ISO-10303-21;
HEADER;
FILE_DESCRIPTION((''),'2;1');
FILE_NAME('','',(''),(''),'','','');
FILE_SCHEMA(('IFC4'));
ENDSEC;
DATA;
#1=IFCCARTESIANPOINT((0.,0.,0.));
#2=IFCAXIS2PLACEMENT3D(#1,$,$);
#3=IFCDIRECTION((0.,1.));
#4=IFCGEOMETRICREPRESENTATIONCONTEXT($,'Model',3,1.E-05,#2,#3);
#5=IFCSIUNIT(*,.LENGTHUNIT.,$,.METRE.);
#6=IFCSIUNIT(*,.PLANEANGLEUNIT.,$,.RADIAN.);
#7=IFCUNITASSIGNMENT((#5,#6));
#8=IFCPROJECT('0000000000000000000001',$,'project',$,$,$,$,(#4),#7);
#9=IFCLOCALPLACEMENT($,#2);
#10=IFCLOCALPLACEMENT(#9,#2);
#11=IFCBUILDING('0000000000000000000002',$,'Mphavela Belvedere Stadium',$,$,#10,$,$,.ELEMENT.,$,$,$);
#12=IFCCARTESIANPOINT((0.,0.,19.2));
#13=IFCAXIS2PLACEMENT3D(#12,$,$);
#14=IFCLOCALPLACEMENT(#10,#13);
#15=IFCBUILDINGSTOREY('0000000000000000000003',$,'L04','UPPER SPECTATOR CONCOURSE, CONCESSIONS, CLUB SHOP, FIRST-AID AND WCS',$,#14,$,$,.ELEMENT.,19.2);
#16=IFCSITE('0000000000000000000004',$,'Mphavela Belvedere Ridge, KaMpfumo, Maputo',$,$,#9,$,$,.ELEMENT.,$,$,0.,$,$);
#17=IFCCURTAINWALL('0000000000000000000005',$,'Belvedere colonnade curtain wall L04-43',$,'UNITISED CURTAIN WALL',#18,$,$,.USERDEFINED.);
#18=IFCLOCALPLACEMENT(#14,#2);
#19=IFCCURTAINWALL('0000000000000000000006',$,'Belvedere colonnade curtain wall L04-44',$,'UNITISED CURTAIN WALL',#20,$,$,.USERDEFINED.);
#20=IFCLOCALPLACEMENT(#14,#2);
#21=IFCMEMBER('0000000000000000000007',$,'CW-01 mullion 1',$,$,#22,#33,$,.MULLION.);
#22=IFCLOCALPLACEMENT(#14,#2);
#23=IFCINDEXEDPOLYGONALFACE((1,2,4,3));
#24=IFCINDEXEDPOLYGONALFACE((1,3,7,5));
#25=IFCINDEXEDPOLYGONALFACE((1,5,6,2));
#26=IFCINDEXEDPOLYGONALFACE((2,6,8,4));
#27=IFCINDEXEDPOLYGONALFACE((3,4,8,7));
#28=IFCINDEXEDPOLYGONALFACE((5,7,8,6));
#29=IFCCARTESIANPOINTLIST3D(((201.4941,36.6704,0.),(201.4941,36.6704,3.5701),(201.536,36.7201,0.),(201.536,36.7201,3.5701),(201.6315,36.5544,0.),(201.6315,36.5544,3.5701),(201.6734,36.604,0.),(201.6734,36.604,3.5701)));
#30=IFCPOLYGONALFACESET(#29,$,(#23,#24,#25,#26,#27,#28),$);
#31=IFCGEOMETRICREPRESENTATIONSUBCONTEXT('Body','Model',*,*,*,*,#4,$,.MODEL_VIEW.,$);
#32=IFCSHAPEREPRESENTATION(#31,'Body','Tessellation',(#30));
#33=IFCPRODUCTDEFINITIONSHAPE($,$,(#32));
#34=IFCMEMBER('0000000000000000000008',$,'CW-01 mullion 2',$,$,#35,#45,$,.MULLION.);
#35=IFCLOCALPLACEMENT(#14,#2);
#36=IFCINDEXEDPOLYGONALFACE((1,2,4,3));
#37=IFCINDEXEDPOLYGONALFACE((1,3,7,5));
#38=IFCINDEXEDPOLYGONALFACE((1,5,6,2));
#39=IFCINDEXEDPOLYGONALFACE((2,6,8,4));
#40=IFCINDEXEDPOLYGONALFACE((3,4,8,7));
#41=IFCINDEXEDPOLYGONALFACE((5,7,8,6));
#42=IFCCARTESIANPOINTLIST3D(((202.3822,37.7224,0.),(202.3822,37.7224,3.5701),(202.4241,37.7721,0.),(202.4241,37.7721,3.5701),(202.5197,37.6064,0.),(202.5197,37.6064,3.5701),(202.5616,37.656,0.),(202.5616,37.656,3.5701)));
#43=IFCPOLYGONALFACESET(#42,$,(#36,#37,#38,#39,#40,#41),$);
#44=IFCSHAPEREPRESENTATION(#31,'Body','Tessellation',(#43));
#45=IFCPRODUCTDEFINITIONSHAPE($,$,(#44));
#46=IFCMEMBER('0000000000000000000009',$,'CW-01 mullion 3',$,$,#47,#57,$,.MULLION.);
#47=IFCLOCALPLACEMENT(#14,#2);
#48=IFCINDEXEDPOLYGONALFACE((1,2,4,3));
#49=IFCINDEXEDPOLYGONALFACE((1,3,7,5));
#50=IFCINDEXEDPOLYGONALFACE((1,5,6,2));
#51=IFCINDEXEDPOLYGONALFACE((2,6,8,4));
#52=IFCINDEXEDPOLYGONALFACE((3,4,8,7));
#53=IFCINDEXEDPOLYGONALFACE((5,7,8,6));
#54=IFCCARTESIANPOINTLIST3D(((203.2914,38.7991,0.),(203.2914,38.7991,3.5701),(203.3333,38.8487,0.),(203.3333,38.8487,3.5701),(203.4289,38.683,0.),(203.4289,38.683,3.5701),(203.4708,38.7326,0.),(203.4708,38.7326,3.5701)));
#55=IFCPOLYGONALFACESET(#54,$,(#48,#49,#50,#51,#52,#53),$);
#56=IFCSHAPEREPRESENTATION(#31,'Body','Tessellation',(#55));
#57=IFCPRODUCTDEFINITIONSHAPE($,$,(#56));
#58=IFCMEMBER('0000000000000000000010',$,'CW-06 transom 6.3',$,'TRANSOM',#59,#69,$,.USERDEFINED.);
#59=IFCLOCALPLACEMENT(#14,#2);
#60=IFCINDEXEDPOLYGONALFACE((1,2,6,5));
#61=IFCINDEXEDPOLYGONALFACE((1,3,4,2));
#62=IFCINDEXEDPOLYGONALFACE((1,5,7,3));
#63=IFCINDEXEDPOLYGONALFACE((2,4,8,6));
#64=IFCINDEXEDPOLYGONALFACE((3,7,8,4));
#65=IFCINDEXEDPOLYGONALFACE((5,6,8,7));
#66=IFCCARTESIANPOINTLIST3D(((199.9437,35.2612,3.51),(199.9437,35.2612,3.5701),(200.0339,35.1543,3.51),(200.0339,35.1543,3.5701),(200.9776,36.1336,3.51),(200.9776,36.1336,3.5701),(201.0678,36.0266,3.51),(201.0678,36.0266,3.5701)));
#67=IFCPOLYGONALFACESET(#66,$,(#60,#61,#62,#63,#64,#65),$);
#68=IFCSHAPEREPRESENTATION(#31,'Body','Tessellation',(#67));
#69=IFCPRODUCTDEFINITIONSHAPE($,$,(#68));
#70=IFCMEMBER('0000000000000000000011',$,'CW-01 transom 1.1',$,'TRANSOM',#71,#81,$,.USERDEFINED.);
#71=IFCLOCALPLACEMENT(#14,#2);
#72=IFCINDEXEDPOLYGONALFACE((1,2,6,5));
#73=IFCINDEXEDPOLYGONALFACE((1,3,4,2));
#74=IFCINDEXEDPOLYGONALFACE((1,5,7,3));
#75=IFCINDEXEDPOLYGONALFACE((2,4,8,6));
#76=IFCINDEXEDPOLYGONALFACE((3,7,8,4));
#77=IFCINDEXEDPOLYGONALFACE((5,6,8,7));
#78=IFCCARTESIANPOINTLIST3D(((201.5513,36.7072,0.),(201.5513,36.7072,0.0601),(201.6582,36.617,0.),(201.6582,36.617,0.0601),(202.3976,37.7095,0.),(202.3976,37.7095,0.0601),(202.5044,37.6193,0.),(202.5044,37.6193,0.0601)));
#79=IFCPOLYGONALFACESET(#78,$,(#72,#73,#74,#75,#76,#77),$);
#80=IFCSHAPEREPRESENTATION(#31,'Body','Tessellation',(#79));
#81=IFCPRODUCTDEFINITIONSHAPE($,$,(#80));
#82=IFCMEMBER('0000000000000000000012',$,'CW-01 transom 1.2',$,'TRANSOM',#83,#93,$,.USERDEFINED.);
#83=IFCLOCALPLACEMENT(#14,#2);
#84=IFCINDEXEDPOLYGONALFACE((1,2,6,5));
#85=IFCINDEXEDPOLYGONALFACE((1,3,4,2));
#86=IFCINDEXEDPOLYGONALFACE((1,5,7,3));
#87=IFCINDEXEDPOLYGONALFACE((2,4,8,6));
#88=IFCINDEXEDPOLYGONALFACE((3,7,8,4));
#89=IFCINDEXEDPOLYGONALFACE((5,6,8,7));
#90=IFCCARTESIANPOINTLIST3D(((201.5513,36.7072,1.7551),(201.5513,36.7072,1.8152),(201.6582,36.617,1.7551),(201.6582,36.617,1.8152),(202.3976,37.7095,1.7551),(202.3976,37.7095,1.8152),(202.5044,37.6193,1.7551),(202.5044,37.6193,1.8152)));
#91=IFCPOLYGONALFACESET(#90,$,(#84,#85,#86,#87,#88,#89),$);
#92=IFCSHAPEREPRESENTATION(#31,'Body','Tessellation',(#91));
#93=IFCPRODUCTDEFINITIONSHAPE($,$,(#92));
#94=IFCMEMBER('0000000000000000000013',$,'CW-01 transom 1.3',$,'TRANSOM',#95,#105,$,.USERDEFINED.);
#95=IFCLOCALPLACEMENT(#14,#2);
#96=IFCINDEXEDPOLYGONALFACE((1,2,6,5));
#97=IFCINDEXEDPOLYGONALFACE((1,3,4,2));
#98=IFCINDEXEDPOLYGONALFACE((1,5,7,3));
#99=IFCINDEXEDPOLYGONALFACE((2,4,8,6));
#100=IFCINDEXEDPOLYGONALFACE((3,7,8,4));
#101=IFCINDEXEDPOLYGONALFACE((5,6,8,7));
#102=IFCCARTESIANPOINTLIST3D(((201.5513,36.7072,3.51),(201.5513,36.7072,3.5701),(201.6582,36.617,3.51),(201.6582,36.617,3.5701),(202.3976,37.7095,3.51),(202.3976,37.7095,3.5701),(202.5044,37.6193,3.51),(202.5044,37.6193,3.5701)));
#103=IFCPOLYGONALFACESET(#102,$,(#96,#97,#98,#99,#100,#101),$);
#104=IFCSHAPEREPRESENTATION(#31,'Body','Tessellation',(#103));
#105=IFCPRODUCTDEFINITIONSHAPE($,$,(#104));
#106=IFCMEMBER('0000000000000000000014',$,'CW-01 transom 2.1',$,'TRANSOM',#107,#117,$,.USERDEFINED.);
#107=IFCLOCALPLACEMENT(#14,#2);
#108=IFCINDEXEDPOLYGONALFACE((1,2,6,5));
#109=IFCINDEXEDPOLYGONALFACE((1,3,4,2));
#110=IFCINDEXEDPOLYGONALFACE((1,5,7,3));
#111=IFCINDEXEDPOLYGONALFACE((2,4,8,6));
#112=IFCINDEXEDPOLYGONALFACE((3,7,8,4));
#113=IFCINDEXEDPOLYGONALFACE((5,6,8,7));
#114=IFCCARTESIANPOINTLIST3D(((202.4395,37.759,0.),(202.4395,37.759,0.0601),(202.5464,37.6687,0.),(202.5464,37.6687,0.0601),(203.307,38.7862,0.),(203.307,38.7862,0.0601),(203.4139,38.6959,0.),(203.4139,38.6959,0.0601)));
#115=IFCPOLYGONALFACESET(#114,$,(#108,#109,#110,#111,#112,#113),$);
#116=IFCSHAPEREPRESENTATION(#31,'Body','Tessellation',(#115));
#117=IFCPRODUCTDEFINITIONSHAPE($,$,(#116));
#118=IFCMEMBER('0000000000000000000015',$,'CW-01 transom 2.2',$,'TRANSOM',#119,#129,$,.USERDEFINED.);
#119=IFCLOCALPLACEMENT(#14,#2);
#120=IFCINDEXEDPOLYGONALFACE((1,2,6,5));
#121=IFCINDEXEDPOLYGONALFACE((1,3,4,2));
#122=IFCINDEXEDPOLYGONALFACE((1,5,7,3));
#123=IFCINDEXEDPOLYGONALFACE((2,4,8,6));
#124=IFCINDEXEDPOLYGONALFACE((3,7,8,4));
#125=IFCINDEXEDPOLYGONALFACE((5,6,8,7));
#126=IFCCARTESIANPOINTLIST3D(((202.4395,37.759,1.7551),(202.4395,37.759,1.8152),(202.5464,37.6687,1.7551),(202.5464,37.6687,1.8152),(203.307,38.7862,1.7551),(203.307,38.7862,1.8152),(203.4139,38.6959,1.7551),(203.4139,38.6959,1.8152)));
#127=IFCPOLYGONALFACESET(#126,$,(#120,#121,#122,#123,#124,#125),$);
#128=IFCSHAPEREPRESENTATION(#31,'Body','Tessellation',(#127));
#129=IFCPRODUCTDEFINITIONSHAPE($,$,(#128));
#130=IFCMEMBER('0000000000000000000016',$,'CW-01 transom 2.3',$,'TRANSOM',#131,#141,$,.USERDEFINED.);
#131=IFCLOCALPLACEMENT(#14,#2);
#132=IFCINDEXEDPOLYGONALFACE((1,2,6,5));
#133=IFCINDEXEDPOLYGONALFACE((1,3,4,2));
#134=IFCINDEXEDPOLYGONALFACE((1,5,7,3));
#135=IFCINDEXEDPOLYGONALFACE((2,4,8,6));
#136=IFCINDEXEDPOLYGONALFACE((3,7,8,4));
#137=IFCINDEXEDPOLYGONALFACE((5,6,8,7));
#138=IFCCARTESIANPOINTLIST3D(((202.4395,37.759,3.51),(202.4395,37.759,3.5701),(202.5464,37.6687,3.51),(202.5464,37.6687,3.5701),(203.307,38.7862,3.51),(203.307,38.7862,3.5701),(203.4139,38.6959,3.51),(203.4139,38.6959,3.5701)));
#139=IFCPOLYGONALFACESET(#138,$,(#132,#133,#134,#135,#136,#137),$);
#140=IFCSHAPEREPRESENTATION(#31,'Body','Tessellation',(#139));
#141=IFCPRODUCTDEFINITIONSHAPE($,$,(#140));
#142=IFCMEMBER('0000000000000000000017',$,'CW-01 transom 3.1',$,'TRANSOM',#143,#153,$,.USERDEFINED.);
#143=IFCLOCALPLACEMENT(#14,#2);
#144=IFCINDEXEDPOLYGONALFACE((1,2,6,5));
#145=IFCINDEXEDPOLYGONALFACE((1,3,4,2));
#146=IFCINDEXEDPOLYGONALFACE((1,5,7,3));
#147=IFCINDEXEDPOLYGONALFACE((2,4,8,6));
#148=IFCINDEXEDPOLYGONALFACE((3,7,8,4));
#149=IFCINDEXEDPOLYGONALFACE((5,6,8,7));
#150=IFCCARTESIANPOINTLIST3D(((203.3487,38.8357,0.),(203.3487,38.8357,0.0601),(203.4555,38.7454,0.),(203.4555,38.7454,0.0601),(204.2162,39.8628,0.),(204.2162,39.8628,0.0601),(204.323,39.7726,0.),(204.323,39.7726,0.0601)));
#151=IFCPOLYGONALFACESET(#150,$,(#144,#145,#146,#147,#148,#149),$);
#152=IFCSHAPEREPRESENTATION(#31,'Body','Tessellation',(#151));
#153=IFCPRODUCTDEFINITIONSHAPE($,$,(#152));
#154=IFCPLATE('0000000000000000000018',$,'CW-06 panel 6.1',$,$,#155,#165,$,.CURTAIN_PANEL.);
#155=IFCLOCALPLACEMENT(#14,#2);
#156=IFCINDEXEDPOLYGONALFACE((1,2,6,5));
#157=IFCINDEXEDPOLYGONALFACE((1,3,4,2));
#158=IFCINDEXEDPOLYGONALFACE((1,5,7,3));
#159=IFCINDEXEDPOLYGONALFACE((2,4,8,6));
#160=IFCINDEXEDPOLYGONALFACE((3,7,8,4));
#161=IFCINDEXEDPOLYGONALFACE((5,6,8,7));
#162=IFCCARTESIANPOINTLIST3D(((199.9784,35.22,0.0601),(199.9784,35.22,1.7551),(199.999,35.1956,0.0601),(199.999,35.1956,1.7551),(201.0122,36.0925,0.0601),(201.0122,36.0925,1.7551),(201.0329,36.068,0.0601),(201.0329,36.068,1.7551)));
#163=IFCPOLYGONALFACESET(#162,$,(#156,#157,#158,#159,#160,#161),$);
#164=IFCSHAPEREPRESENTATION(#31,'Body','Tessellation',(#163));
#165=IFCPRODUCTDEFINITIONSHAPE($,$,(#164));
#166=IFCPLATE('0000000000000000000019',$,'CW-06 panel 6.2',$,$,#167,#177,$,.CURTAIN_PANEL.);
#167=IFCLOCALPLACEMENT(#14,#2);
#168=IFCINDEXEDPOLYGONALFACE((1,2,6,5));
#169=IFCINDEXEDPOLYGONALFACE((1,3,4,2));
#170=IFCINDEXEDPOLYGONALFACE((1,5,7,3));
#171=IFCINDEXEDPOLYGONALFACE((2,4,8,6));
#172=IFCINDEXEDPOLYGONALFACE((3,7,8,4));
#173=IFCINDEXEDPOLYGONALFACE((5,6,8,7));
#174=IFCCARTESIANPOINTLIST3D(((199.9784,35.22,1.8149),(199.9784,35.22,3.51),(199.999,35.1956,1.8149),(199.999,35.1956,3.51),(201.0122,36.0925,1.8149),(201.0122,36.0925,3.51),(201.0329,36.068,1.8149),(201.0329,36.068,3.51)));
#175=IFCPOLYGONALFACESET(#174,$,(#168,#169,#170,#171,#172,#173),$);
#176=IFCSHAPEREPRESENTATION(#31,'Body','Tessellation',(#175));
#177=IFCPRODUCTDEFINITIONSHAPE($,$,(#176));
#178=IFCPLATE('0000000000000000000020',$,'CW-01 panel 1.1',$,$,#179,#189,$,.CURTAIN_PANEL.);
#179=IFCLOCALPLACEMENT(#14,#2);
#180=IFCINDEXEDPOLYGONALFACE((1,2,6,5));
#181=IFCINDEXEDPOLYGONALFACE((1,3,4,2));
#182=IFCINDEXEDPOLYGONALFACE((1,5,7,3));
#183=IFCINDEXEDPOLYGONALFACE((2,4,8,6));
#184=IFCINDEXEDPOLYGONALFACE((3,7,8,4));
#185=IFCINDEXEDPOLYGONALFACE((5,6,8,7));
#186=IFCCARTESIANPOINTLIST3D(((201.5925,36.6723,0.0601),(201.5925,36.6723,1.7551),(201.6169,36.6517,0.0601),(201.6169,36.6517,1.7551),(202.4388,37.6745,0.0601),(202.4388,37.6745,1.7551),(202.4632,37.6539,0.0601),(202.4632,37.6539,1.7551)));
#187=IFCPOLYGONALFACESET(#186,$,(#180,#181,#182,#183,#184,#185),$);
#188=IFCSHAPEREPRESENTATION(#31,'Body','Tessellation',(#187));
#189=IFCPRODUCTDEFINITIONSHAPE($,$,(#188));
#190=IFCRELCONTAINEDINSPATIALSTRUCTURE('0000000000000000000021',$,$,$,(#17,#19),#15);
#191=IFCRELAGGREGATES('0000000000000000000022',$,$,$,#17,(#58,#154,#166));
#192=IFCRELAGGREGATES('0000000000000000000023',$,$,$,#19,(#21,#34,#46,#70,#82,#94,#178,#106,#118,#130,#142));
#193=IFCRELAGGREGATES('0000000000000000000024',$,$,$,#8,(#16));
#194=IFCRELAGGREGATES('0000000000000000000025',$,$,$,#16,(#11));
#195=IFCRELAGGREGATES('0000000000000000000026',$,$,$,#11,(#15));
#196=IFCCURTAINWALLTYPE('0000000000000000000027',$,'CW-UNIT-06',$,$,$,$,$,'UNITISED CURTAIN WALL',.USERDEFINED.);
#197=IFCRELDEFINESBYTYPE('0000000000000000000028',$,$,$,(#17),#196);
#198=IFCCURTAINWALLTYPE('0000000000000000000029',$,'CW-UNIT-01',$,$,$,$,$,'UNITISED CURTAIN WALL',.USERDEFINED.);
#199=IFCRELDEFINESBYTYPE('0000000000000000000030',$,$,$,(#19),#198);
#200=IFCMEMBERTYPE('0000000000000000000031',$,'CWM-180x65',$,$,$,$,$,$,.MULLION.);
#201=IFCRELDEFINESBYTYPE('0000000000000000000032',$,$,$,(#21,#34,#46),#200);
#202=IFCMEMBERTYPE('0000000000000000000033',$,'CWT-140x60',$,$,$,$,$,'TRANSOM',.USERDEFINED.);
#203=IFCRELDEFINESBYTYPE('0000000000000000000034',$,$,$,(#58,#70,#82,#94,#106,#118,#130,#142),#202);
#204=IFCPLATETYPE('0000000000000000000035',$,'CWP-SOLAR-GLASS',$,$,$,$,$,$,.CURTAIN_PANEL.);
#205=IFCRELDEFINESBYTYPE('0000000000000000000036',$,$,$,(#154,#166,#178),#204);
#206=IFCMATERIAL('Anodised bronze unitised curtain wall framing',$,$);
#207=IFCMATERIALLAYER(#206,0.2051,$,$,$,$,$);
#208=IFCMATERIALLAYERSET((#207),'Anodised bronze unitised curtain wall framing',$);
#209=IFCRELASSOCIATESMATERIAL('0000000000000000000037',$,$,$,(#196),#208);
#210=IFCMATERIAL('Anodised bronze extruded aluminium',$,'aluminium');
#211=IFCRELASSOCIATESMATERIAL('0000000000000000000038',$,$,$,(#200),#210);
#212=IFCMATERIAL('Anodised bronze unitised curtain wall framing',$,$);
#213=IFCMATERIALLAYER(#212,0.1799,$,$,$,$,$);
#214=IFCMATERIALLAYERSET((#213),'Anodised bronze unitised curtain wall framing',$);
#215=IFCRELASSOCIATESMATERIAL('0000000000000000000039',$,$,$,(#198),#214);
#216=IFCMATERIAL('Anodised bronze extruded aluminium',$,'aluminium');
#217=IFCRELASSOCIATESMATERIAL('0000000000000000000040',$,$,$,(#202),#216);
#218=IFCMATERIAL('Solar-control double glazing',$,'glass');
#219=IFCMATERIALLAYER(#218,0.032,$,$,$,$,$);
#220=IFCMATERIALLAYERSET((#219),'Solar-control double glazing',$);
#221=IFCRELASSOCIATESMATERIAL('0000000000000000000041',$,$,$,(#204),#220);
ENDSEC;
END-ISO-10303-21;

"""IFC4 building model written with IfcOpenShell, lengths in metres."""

from ifc_helpers import new_model, si_unit, direction, frame, origin, origin_2d, place, context, subcontext, project, spatial, rectangle, extrude, material, layer, layer_set, material_profile, profile_set, type_object, element, aggregate, save


model = new_model("IFC4")

# Units and contexts
model_context = context("Model", 3, precision=1e-05, world=origin(), true_north=direction((0.0, 1.0)))
body_context = subcontext(model_context, "Body", "Model", "MODEL_VIEW")
ifc_project = project(units=[si_unit("LENGTHUNIT", "METRE"), si_unit("PLANEANGLEUNIT", "RADIAN")], contexts=[model_context])

# Site, building, storey
site_placement = place(None, origin())
site = spatial("IfcSite", under=ifc_project, at=site_placement, Name="Mphavela Belvedere Ridge, KaMpfumo, Maputo", CompositionType="ELEMENT", RefElevation=0.0)
building_placement = place(site_placement, origin())
building = spatial("IfcBuilding", under=site, at=building_placement, Name="Mphavela Belvedere Stadium", CompositionType="ELEMENT")
storey_placement = place(building_placement, frame((0.0, 0.0, 19.2)))
storey = spatial("IfcBuildingStorey", under=building, at=storey_placement, Name="L04", Description="UPPER SPECTATOR CONCOURSE, CONCESSIONS, CLUB SHOP, FIRST-AID AND WCS", CompositionType="ELEMENT", Elevation=19.2)

# Curtain wall
ifc_material_1 = material(Name="Anodised bronze unitised curtain wall framing")
ifc_layer_1 = layer(ifc_material_1, 0.2051)
ifc_layer_set_1 = layer_set([ifc_layer_1], Name="Anodised bronze unitised curtain wall framing")
curtain_wall_type_1 = type_object("IfcCurtainWallType", Name="CW-UNIT-06", ElementType="UNITISED CURTAIN WALL", PredefinedType="USERDEFINED", material=ifc_layer_set_1)
curtain_wall_1_placement = place(storey_placement, origin())
curtain_wall_1 = element("IfcCurtainWall", 1, at=curtain_wall_1_placement, inside=storey, type_object=curtain_wall_type_1, Name="Belvedere colonnade curtain wall L04-43", ObjectType="UNITISED CURTAIN WALL", PredefinedType="USERDEFINED")
ifc_material_2 = material(Name="Anodised bronze extruded aluminium", Category="aluminium")
ifc_material_profile_1 = material_profile(ifc_material_2, rectangle(XDim=0.1799, YDim=0.0649, at=origin_2d()), Name="CW-MUL 180x65")
ifc_profile_set_1 = profile_set([ifc_material_profile_1], Name="Anodised bronze extruded aluminium")
member_type_1 = type_object("IfcMemberType", Name="CWM-180x65", PredefinedType="MULLION", material=ifc_profile_set_1)

# Curtain wall, members
ifc_material_3 = material(Name="Anodised bronze unitised curtain wall framing")
ifc_layer_2 = layer(ifc_material_3, 0.1799)
ifc_layer_set_2 = layer_set([ifc_layer_2], Name="Anodised bronze unitised curtain wall framing")
curtain_wall_type_2 = type_object("IfcCurtainWallType", Name="CW-UNIT-01", ElementType="UNITISED CURTAIN WALL", PredefinedType="USERDEFINED", material=ifc_layer_set_2)
curtain_wall_2_placement = place(storey_placement, origin())
curtain_wall_2 = element("IfcCurtainWall", 2, at=curtain_wall_2_placement, inside=storey, type_object=curtain_wall_type_2, Name="Belvedere colonnade curtain wall L04-44", ObjectType="UNITISED CURTAIN WALL", PredefinedType="USERDEFINED")
member_1_placement = place(storey_placement, frame((201.5837, 36.6372, 0.0), z_axis=(0.0, 0.0, 1.0), x_axis=(-0.764035, 0.645175, 0.0)))
member_1 = element("IfcMember", 3, at=member_1_placement, type_object=member_type_1, Name="CW-01 mullion 1", PredefinedType="MULLION", context=body_context, shape_type="SweptSolid", body=[
    extrude(rectangle(XDim=0.1799, YDim=0.0649, at=origin_2d()), origin(), (0.0, 0.0, 1.0), 3.5701),
])
member_2_placement = place(storey_placement, frame((202.4719, 37.6892, 0.0), z_axis=(0.0, 0.0, 1.0), x_axis=(-0.764035, 0.645175, 0.0)))
member_2 = element("IfcMember", 4, at=member_2_placement, type_object=member_type_1, Name="CW-01 mullion 2", PredefinedType="MULLION", context=body_context, shape_type="SweptSolid", body=[
    extrude(rectangle(XDim=0.1799, YDim=0.0649, at=origin_2d()), origin(), (0.0, 0.0, 1.0), 3.5701),
])
member_3_placement = place(storey_placement, frame((203.3811, 38.7659, 0.0), z_axis=(0.0, 0.0, 1.0), x_axis=(-0.764035, 0.645175, 0.0)))
member_3 = element("IfcMember", 5, at=member_3_placement, type_object=member_type_1, Name="CW-01 mullion 3", PredefinedType="MULLION", context=body_context, shape_type="SweptSolid", body=[
    extrude(rectangle(XDim=0.1799, YDim=0.0649, at=origin_2d()), origin(), (0.0, 0.0, 1.0), 3.5701),
])

# Members
ifc_material_4 = material(Name="Anodised bronze extruded aluminium", Category="aluminium")
ifc_material_profile_2 = material_profile(ifc_material_4, rectangle(XDim=0.1399, YDim=0.0601, at=origin_2d()), Name="CW-TRN 140x60")
ifc_profile_set_2 = profile_set([ifc_material_profile_2], Name="Anodised bronze extruded aluminium")
member_type_2 = type_object("IfcMemberType", Name="CWT-140x60", ElementType="TRANSOM", PredefinedType="USERDEFINED", material=ifc_profile_set_2)
member_4_placement = place(storey_placement, frame((199.9888, 35.2078, 3.54), z_axis=(0.764317, 0.644841, 0.0), x_axis=(-0.644841, 0.764317, 0.0)))
member_4 = element("IfcMember", 6, at=member_4_placement, type_object=member_type_2, Name="CW-06 transom 6.3", ObjectType="TRANSOM", PredefinedType="USERDEFINED", context=body_context, shape_type="SweptSolid", body=[
    extrude(rectangle(XDim=0.1399, YDim=0.0601, at=origin_2d()), origin(), (0.0, 0.0, 1.0), 1.3528),
])
member_5_placement = place(storey_placement, frame((201.6047, 36.6621, 0.03), z_axis=(0.645133, 0.764071, 0.0), x_axis=(-0.764071, 0.645133, 0.0)))
member_5 = element("IfcMember", 7, at=member_5_placement, type_object=member_type_2, Name="CW-01 transom 1.1", ObjectType="TRANSOM", PredefinedType="USERDEFINED", context=body_context, shape_type="SweptSolid", body=[
    extrude(rectangle(XDim=0.1399, YDim=0.0601, at=origin_2d()), origin(), (0.0, 0.0, 1.0), 1.3118),
])
member_6_placement = place(storey_placement, frame((201.6047, 36.6621, 1.7852), z_axis=(0.645133, 0.764071, 0.0), x_axis=(-0.764071, 0.645133, 0.0)))
member_6 = element("IfcMember", 8, at=member_6_placement, type_object=member_type_2, Name="CW-01 transom 1.2", ObjectType="TRANSOM", PredefinedType="USERDEFINED", context=body_context, shape_type="SweptSolid", body=[
    extrude(rectangle(XDim=0.1399, YDim=0.0601, at=origin_2d()), origin(), (0.0, 0.0, 1.0), 1.3118),
])
member_7_placement = place(storey_placement, frame((201.6047, 36.6621, 3.54), z_axis=(0.645133, 0.764071, 0.0), x_axis=(-0.764071, 0.645133, 0.0)))
member_7 = element("IfcMember", 9, at=member_7_placement, type_object=member_type_2, Name="CW-01 transom 1.3", ObjectType="TRANSOM", PredefinedType="USERDEFINED", context=body_context, shape_type="SweptSolid", body=[
    extrude(rectangle(XDim=0.1399, YDim=0.0601, at=origin_2d()), origin(), (0.0, 0.0, 1.0), 1.3118),
])
member_8_placement = place(storey_placement, frame((202.4929, 37.7139, 0.03), z_axis=(0.645226, 0.763992, 0.0), x_axis=(-0.763992, 0.645226, 0.0)))
member_8 = element("IfcMember", 10, at=member_8_placement, type_object=member_type_2, Name="CW-01 transom 2.1", ObjectType="TRANSOM", PredefinedType="USERDEFINED", context=body_context, shape_type="SweptSolid", body=[
    extrude(rectangle(XDim=0.1399, YDim=0.0601, at=origin_2d()), origin(), (0.0, 0.0, 1.0), 1.3445),
])
member_9_placement = place(storey_placement, frame((202.4929, 37.7139, 1.7852), z_axis=(0.645226, 0.763992, 0.0), x_axis=(-0.763992, 0.645226, 0.0)))
member_9 = element("IfcMember", 11, at=member_9_placement, type_object=member_type_2, Name="CW-01 transom 2.2", ObjectType="TRANSOM", PredefinedType="USERDEFINED", context=body_context, shape_type="SweptSolid", body=[
    extrude(rectangle(XDim=0.1399, YDim=0.0601, at=origin_2d()), origin(), (0.0, 0.0, 1.0), 1.3445),
])
member_10_placement = place(storey_placement, frame((202.4929, 37.7139, 3.54), z_axis=(0.645226, 0.763992, 0.0), x_axis=(-0.763992, 0.645226, 0.0)))
member_10 = element("IfcMember", 12, at=member_10_placement, type_object=member_type_2, Name="CW-01 transom 2.3", ObjectType="TRANSOM", PredefinedType="USERDEFINED", context=body_context, shape_type="SweptSolid", body=[
    extrude(rectangle(XDim=0.1399, YDim=0.0601, at=origin_2d()), origin(), (0.0, 0.0, 1.0), 1.3445),
])
member_11_placement = place(storey_placement, frame((203.4021, 38.7905, 0.03), z_axis=(0.645226, 0.763992, 0.0), x_axis=(-0.763992, 0.645226, 0.0)))
member_11 = element("IfcMember", 13, at=member_11_placement, type_object=member_type_2, Name="CW-01 transom 3.1", ObjectType="TRANSOM", PredefinedType="USERDEFINED", context=body_context, shape_type="SweptSolid", body=[
    extrude(rectangle(XDim=0.1399, YDim=0.0601, at=origin_2d()), origin(), (0.0, 0.0, 1.0), 1.3445),
])

# Plates
ifc_material_5 = material(Name="Solar-control double glazing", Category="glass")
ifc_layer_3 = layer(ifc_material_5, 0.032)
ifc_layer_set_3 = layer_set([ifc_layer_3], Name="Solar-control double glazing")
plate_type = type_object("IfcPlateType", Name="CWP-SOLAR-GLASS", PredefinedType="CURTAIN_PANEL", material=ifc_layer_set_3)
plate_1_placement = place(storey_placement, frame((200.5056, 35.644, 0.0601), z_axis=(0.0, 0.0, 1.0), x_axis=(0.764253, 0.644916, 0.0)))
plate_1 = element("IfcPlate", 14, at=plate_1_placement, type_object=plate_type, Name="CW-06 panel 6.1", PredefinedType="CURTAIN_PANEL", context=body_context, shape_type="SweptSolid", body=[
    extrude(rectangle(XDim=1.3528, YDim=0.032, at=origin_2d()), origin(), (0.0, 0.0, 1.0), 1.6951),
])
plate_2_placement = place(storey_placement, frame((200.5056, 35.644, 1.8149), z_axis=(0.0, 0.0, 1.0), x_axis=(0.764253, 0.644916, 0.0)))
plate_2 = element("IfcPlate", 15, at=plate_2_placement, type_object=plate_type, Name="CW-06 panel 6.2", PredefinedType="CURTAIN_PANEL", context=body_context, shape_type="SweptSolid", body=[
    extrude(rectangle(XDim=1.3528, YDim=0.032, at=origin_2d()), origin(), (0.0, 0.0, 1.0), 1.6951),
])
aggregate(curtain_wall_1, [member_4, plate_1, plate_2])
plate_3_placement = place(storey_placement, frame((202.0278, 37.1631, 0.0601), z_axis=(0.0, 0.0, 1.0), x_axis=(0.645175, 0.764035, 0.0)))
plate_3 = element("IfcPlate", 16, at=plate_3_placement, type_object=plate_type, Name="CW-01 panel 1.1", PredefinedType="CURTAIN_PANEL", context=body_context, shape_type="SweptSolid", body=[
    extrude(rectangle(XDim=1.3118, YDim=0.032, at=origin_2d()), origin(), (0.0, 0.0, 1.0), 1.6951),
])
aggregate(curtain_wall_2, [member_1, member_2, member_3, member_5, member_6, member_7, plate_3, member_8, member_9, member_10, member_11])

save(model, "model.ifc")
